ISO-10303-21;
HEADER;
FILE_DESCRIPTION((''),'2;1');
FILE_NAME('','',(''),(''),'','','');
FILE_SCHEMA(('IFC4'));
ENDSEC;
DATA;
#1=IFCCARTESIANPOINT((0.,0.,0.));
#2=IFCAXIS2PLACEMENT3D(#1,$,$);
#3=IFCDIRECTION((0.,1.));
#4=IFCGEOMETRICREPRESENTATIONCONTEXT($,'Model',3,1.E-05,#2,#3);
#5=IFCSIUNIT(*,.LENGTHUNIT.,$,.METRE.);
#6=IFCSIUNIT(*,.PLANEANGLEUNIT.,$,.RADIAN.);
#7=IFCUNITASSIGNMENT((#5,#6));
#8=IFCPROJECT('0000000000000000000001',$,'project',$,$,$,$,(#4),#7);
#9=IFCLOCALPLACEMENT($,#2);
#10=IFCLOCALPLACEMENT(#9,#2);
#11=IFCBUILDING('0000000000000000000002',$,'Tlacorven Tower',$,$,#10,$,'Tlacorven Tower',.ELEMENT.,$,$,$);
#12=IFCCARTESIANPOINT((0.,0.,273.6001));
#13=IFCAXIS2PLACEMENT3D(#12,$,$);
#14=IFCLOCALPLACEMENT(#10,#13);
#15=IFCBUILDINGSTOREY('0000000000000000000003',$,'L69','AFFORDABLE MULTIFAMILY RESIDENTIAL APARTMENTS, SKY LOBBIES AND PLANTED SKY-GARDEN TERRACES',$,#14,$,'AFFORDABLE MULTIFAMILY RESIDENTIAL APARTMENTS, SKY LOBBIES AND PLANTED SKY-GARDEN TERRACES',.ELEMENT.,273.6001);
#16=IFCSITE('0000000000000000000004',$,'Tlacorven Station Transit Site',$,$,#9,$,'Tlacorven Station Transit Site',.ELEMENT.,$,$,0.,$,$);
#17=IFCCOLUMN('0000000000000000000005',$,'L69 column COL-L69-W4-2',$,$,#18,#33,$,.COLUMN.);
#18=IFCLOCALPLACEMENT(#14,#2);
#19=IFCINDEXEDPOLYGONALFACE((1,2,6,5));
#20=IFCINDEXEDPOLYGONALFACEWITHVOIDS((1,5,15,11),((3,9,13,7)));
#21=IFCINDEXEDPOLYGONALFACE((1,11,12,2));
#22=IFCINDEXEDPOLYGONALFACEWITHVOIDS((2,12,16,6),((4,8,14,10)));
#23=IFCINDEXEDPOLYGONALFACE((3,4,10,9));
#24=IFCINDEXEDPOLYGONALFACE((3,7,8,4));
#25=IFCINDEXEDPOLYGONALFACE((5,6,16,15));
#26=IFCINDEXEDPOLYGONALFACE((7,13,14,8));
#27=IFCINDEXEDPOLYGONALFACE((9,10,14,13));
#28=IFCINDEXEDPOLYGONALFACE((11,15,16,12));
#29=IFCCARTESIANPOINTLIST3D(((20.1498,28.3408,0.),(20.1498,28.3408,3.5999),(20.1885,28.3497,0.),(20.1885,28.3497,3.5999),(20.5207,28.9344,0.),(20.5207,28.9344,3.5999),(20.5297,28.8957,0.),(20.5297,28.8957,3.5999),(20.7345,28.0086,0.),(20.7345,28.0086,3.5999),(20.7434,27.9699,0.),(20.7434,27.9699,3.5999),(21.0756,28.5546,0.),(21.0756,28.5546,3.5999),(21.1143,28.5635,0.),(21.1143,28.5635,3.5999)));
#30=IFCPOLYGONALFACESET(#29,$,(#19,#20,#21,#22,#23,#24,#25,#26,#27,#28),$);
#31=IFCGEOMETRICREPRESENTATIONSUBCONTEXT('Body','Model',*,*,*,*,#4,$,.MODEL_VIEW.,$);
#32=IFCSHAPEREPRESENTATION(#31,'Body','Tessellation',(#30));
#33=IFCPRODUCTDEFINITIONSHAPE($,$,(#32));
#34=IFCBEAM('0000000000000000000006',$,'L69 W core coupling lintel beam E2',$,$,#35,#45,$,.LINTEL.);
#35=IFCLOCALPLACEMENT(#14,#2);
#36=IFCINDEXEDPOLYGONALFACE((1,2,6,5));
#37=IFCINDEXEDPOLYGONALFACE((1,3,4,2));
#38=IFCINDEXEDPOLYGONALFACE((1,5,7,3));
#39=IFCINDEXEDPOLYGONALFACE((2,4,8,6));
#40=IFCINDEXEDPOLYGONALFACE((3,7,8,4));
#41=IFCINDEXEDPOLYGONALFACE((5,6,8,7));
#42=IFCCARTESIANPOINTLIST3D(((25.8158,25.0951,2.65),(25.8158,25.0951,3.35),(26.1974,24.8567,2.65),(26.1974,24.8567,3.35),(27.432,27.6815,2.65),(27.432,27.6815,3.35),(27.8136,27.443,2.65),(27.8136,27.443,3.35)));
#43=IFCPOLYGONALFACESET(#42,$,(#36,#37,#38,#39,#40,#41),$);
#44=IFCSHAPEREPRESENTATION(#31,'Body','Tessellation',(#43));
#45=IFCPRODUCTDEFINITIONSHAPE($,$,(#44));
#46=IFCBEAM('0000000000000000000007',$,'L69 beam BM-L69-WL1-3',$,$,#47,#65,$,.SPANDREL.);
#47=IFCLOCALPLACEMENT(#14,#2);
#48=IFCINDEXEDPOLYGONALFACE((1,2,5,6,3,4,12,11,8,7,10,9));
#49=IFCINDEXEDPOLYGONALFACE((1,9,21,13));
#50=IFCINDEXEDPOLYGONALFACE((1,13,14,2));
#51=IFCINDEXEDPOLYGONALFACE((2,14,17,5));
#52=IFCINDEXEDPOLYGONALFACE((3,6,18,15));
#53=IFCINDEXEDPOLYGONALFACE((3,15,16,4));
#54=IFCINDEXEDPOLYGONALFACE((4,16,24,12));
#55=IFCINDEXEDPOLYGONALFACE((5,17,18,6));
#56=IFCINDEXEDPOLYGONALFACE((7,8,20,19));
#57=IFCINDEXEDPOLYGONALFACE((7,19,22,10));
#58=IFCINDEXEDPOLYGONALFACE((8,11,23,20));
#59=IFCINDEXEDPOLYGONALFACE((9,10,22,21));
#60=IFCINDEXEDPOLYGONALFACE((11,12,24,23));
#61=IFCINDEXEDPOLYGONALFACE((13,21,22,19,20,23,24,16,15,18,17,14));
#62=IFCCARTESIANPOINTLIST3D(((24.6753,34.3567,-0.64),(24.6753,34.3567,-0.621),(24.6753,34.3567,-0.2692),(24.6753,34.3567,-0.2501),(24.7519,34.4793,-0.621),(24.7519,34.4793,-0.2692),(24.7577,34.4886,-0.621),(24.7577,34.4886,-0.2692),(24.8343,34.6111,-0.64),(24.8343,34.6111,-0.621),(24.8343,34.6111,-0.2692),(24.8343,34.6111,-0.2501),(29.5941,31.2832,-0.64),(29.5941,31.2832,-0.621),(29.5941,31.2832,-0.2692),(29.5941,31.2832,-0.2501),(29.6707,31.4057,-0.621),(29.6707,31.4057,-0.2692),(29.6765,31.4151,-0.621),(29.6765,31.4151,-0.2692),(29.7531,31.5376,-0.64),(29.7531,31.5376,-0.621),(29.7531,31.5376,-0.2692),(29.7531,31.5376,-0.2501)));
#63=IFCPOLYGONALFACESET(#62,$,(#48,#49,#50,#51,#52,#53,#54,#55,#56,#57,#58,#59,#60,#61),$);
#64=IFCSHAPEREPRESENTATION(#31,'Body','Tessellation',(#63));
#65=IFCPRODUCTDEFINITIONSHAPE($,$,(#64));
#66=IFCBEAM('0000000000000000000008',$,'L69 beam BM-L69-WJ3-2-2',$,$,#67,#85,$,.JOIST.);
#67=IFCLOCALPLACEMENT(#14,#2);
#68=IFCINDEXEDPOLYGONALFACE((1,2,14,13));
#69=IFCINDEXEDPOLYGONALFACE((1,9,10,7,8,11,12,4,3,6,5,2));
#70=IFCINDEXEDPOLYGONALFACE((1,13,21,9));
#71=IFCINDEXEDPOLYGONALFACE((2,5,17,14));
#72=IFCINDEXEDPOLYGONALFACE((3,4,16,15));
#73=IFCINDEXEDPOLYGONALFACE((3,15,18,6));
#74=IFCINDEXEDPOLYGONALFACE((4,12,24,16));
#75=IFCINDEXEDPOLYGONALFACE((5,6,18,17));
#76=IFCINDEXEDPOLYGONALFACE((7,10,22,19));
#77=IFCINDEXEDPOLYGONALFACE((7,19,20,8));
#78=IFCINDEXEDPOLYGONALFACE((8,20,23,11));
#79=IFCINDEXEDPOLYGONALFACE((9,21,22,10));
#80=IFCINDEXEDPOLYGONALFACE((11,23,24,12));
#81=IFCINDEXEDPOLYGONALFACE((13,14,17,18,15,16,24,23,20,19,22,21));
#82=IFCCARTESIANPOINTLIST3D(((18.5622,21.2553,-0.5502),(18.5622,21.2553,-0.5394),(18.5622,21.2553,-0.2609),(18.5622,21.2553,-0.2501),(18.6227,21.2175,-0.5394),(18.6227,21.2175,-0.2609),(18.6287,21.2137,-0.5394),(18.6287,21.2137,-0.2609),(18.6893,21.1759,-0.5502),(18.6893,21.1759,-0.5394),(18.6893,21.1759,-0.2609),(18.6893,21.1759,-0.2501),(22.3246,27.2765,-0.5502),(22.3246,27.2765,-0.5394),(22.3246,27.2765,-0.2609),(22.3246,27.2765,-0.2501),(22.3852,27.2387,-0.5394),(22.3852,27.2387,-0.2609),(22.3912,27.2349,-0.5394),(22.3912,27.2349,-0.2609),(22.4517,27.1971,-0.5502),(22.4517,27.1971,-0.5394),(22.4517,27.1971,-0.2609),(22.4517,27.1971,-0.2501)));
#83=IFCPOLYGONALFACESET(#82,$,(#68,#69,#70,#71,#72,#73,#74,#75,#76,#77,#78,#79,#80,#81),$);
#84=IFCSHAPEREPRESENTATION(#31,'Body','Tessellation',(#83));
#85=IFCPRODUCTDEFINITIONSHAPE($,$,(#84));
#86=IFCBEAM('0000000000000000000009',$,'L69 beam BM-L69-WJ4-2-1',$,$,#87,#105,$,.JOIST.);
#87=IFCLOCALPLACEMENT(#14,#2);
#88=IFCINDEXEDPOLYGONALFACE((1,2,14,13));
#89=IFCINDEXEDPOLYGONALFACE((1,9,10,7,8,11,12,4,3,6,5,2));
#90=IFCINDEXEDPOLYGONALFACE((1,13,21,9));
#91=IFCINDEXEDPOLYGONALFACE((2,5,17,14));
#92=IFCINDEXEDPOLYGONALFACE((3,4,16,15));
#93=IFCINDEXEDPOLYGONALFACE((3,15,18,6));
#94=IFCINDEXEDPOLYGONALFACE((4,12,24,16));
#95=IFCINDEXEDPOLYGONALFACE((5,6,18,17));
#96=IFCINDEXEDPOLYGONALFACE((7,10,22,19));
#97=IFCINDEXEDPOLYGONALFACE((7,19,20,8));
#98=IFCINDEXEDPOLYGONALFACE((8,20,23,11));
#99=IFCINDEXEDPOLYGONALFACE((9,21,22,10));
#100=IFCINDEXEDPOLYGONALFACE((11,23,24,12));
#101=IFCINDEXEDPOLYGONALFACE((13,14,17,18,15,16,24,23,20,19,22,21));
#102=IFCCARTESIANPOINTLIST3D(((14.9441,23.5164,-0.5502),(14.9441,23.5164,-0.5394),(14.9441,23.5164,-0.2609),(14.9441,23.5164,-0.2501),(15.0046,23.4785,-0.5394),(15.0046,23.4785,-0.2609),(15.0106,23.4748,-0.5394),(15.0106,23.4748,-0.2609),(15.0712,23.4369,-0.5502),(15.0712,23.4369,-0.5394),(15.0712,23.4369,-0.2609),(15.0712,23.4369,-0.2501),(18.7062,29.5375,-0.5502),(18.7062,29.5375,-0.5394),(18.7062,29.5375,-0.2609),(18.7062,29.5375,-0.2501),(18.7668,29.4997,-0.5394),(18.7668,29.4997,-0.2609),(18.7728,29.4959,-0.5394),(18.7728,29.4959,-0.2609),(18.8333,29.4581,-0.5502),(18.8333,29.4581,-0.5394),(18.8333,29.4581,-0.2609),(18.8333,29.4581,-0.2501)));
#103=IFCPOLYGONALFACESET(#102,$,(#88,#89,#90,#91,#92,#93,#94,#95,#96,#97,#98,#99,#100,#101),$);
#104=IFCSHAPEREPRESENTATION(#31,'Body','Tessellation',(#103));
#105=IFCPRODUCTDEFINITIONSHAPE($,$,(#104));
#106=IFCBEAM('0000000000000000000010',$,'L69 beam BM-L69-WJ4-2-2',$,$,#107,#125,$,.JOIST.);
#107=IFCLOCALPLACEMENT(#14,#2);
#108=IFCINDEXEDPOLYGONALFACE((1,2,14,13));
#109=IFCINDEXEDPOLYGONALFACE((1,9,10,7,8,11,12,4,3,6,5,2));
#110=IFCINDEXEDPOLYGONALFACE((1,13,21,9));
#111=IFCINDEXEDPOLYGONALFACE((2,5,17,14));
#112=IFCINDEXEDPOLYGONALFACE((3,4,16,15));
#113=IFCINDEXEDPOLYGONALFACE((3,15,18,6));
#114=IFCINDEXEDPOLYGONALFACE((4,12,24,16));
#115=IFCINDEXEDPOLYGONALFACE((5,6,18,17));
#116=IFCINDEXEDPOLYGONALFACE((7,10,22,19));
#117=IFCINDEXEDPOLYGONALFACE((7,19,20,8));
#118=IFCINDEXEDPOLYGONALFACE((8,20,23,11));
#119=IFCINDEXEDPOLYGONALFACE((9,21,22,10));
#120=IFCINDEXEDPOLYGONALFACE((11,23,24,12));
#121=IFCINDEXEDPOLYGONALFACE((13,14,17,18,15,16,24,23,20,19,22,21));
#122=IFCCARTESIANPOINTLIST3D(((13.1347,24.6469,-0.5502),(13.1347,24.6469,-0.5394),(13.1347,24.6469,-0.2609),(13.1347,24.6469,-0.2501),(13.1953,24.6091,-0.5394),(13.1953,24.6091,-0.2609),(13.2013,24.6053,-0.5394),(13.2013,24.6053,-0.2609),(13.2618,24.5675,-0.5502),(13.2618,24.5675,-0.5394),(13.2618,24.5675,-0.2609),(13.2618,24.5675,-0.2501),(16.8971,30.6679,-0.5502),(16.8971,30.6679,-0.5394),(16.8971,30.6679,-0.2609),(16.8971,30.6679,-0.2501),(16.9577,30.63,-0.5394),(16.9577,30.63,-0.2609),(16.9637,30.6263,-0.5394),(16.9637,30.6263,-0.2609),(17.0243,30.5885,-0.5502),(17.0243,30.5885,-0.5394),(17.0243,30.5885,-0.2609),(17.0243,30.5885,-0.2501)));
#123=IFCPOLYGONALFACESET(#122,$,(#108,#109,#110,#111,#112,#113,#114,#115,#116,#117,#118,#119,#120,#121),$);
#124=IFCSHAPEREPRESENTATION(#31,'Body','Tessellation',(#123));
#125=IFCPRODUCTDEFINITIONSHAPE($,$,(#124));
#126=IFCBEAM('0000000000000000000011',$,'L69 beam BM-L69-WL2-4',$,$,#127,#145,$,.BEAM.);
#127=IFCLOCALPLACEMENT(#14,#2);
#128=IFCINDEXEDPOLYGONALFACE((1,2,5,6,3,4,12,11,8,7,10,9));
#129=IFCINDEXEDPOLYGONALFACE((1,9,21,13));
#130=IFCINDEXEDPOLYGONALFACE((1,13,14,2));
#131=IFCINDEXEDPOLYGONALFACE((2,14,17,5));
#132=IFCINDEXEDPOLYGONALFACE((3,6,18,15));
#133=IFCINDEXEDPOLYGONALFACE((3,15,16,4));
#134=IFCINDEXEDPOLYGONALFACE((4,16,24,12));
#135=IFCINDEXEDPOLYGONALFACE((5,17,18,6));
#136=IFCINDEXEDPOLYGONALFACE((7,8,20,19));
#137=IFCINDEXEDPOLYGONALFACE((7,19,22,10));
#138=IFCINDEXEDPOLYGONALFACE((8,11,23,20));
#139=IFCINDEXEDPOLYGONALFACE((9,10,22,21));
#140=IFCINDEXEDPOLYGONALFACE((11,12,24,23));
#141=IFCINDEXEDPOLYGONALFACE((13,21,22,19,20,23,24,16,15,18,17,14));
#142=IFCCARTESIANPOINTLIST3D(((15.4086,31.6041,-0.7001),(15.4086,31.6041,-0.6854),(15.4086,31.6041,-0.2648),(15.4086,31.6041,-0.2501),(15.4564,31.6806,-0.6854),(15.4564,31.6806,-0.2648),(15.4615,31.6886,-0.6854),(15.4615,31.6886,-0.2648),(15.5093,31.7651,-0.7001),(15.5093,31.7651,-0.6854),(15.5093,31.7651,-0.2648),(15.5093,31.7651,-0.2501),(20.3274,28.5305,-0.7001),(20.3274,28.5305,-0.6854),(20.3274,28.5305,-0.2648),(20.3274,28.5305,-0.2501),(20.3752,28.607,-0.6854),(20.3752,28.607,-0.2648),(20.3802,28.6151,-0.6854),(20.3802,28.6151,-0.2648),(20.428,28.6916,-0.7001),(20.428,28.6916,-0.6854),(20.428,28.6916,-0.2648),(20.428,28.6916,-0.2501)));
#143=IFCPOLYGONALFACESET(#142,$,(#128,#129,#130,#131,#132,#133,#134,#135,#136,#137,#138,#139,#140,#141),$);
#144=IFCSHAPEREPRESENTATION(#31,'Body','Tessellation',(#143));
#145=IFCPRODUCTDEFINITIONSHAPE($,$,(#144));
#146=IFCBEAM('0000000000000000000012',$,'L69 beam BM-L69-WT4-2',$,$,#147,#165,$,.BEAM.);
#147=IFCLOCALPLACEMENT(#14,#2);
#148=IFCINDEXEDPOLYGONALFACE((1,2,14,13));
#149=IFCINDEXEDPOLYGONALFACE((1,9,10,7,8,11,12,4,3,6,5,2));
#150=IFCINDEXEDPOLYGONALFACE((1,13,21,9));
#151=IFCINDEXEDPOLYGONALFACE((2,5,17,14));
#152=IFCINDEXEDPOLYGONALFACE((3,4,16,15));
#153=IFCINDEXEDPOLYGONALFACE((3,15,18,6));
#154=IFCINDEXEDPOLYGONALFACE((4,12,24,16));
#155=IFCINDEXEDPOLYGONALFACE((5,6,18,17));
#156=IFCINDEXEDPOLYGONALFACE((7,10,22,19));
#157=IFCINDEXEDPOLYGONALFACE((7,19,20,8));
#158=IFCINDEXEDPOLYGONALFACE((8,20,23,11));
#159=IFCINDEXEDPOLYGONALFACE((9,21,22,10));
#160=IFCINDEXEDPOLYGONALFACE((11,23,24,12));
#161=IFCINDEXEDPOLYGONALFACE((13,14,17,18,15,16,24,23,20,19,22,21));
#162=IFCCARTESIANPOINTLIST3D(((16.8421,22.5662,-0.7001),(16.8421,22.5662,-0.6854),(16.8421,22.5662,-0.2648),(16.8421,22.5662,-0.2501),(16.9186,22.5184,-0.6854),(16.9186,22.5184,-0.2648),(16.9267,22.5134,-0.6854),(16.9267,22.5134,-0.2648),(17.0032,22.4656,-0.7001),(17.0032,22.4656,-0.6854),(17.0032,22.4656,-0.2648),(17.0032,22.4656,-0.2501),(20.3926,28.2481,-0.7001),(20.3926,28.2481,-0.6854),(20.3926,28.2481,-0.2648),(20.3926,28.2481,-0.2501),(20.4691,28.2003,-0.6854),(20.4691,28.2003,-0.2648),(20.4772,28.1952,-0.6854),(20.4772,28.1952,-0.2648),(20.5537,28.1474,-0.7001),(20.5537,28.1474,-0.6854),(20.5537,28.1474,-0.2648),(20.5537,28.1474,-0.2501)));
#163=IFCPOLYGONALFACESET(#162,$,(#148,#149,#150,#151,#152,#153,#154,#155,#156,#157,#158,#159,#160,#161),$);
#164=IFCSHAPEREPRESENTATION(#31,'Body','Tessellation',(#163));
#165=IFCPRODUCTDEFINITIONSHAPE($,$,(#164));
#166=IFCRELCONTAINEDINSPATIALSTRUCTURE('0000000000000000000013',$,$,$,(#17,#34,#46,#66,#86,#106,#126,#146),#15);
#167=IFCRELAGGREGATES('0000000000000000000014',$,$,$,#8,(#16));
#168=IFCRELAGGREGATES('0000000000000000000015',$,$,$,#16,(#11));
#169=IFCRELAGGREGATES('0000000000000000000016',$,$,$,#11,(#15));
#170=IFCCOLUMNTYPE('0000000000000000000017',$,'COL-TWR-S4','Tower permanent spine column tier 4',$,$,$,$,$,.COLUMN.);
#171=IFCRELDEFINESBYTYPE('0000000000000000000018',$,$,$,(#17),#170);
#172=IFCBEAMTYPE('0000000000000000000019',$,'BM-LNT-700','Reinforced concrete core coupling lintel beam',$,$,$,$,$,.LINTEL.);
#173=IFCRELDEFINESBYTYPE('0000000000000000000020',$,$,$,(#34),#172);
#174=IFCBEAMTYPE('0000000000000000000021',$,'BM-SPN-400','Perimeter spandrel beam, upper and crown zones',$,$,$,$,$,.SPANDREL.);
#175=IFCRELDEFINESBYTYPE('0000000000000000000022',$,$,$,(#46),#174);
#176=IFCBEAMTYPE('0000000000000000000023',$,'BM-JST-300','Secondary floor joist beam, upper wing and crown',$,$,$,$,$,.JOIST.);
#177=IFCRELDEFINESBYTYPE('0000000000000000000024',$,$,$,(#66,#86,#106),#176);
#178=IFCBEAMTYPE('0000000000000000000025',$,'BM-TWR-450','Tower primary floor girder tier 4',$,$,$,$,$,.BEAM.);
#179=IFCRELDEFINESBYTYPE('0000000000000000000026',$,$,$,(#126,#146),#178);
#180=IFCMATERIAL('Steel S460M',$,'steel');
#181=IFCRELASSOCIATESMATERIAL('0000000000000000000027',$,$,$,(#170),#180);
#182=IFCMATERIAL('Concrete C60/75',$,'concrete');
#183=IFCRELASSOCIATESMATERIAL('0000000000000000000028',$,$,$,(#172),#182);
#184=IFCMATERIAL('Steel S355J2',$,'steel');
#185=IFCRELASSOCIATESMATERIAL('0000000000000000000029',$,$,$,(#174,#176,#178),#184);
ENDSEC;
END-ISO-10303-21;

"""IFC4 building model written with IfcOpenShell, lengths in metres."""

from ifc_helpers import new_model, si_unit, direction, frame, origin, origin_2d, place, context, subcontext, project, spatial, rectangle, hollow_rectangle, i_section, extrude, source, transform, mapped, material, material_profile, profile_set, type_object, element, save


model = new_model("IFC4")

# Units and contexts
model_context = context("Model", 3, precision=1e-05, world=origin(), true_north=direction((0.0, 1.0)))
body_context = subcontext(model_context, "Body", "Model", "MODEL_VIEW")
ifc_project = project(units=[si_unit("LENGTHUNIT", "METRE"), si_unit("PLANEANGLEUNIT", "RADIAN")], contexts=[model_context])

# Site, building, storey
site_placement = place(None, origin())
site = spatial("IfcSite", under=ifc_project, at=site_placement, Name="Tlacorven Station Transit Site", LongName="Tlacorven Station Transit Site", CompositionType="ELEMENT", RefElevation=0.0)
building_placement = place(site_placement, origin())
building = spatial("IfcBuilding", under=site, at=building_placement, Name="Tlacorven Tower", LongName="Tlacorven Tower", CompositionType="ELEMENT")
storey_placement = place(building_placement, frame((0.0, 0.0, 273.6001)))
storey = spatial("IfcBuildingStorey", under=building, at=storey_placement, Name="L69", Description="AFFORDABLE MULTIFAMILY RESIDENTIAL APARTMENTS, SKY LOBBIES AND PLANTED SKY-GARDEN TERRACES", LongName="AFFORDABLE MULTIFAMILY RESIDENTIAL APARTMENTS, SKY LOBBIES AND PLANTED SKY-GARDEN TERRACES", CompositionType="ELEMENT", Elevation=273.6001)

# Column
ifc_material_1 = material(Name="Steel S460M", Category="steel")
ifc_material_profile_1 = material_profile(ifc_material_1, hollow_rectangle(XDim=0.7, YDim=0.7, WallThickness=0.0281, at=origin_2d()), Name="BOX 700X700X28")
ifc_profile_set_1 = profile_set([ifc_material_profile_1], Name="Steel S460M")
column_type = type_object("IfcColumnType", Name="COL-TWR-S4", Description="Tower permanent spine column tier 4", PredefinedType="COLUMN", material=ifc_profile_set_1)
shared_shape_1 = source(origin(), body_context, "Body", "SweptSolid", [
    extrude(hollow_rectangle(XDim=0.7, YDim=0.7, WallThickness=0.0281, at=origin_2d()), origin(), (0.0, 0.0, 1.0), 3.5999),
])
column_placement = place(storey_placement, frame((20.6321, 28.4521, 0.0), z_axis=(0.0, 0.0, 1.0), x_axis=(-0.848048, 0.529919, 0.0)))
element("IfcColumn", 1, at=column_placement, inside=storey, type_object=column_type, Name="L69 column COL-L69-W4-2", PredefinedType="COLUMN", context=body_context, shape_type="MappedRepresentation", body=[
    mapped(shared_shape_1, transform((0.0, 0.0, 0.0), scale=1.0)),
])

# Beams
ifc_material_2 = material(Name="Concrete C60/75", Category="concrete")
ifc_material_profile_2 = material_profile(ifc_material_2, rectangle(XDim=0.45, YDim=0.7, at=origin_2d()), Name="RC 450X700")
ifc_profile_set_2 = profile_set([ifc_material_profile_2], Name="Concrete C60/75")
beam_type_1 = type_object("IfcBeamType", Name="BM-LNT-700", Description="Reinforced concrete core coupling lintel beam", PredefinedType="LINTEL", material=ifc_profile_set_2)
shared_shape_2 = source(origin(), body_context, "Body", "SweptSolid", [
    extrude(rectangle(XDim=0.45, YDim=0.7, at=origin_2d()), origin(), (0.0, 0.0, 1.0), 3.0498),
])
beam_1_placement = place(storey_placement, frame((27.6228, 27.5623, 3.0), z_axis=(-0.529927, -0.848043, 0.0), x_axis=(0.848043, -0.529927, 0.0)))
element("IfcBeam", 2, at=beam_1_placement, inside=storey, type_object=beam_type_1, Name="L69 W core coupling lintel beam E2", PredefinedType="LINTEL", context=body_context, shape_type="MappedRepresentation", body=[
    mapped(shared_shape_2, transform((0.0, 0.0, 0.0), scale=1.0)),
])
ifc_material_3 = material(Name="Steel S355J2", Category="steel")
ifc_material_profile_3 = material_profile(ifc_material_3, i_section(OverallWidth=0.3, OverallDepth=0.3899, WebThickness=0.011, FlangeThickness=0.019, at=origin_2d()), Name="HEA 400")
ifc_profile_set_3 = profile_set([ifc_material_profile_3], Name="Steel S355J2")
beam_type_2 = type_object("IfcBeamType", Name="BM-SPN-400", Description="Perimeter spandrel beam, upper and crown zones", PredefinedType="SPANDREL", material=ifc_profile_set_3)
shared_shape_3 = source(origin(), body_context, "Body", "SweptSolid", [
    extrude(i_section(OverallWidth=0.3, OverallDepth=0.3899, WebThickness=0.011, FlangeThickness=0.019, at=origin_2d()), origin(), (0.0, 0.0, 1.0), 5.8),
])
beam_2_placement = place(storey_placement, frame((29.6736, 31.4104, -0.4451), z_axis=(-0.848053, 0.529912, 0.0), x_axis=(-0.529912, -0.848053, 0.0)))
element("IfcBeam", 3, at=beam_2_placement, inside=storey, type_object=beam_type_2, Name="L69 beam BM-L69-WL1-3", PredefinedType="SPANDREL", context=body_context, shape_type="MappedRepresentation", body=[
    mapped(shared_shape_3, transform((0.0, 0.0, 0.0), scale=1.0)),
])
ifc_material_profile_4 = material_profile(ifc_material_3, i_section(OverallWidth=0.1499, OverallDepth=0.3, WebThickness=0.0071, FlangeThickness=0.0107, at=origin_2d()), Name="IPE 300")
ifc_profile_set_4 = profile_set([ifc_material_profile_4], Name="Steel S355J2")
beam_type_3 = type_object("IfcBeamType", Name="BM-JST-300", Description="Secondary floor joist beam, upper wing and crown", PredefinedType="JOIST", material=ifc_profile_set_4)
shared_shape_4 = source(origin(), body_context, "Body", "SweptSolid", [
    extrude(i_section(OverallWidth=0.1499, OverallDepth=0.3, WebThickness=0.0071, FlangeThickness=0.0107, at=origin_2d()), origin(), (0.0, 0.0, 1.0), 7.1001),
])
beam_3_placement = place(storey_placement, frame((22.3882, 27.2368, -0.4001), z_axis=(-0.529915, -0.84805, 0.0), x_axis=(0.84805, -0.529915, 0.0)))
element("IfcBeam", 4, at=beam_3_placement, inside=storey, type_object=beam_type_3, Name="L69 beam BM-L69-WJ3-2-2", PredefinedType="JOIST", context=body_context, shape_type="MappedRepresentation", body=[
    mapped(shared_shape_4, transform((0.0, 0.0, 0.0), scale=1.0)),
])
shared_shape_5 = source(origin(), body_context, "Body", "SweptSolid", [
    extrude(i_section(OverallWidth=0.1499, OverallDepth=0.3, WebThickness=0.0071, FlangeThickness=0.0107, at=origin_2d()), origin(), (0.0, 0.0, 1.0), 7.0999),
])
for number, where, z_axis, x_axis, name in (
    (5, (18.7698, 29.4978, -0.4001), (-0.529891, -0.848066, 0.0), (0.848066, -0.529891, 0.0), "L69 beam BM-L69-WJ4-2-1"),
    (6, (16.9607, 30.6282, -0.4001), (-0.529931, -0.848041, 0.0), (0.848041, -0.529931, 0.0), "L69 beam BM-L69-WJ4-2-2"),
):
    element("IfcBeam", number, at=place(storey_placement, frame(where, z_axis=z_axis, x_axis=x_axis)), inside=storey, type_object=beam_type_3, Name=name, PredefinedType="JOIST", context=body_context, shape_type="MappedRepresentation", body=[
        mapped(shared_shape_5, transform((0.0, 0.0, 0.0), scale=1.0)),
    ])
ifc_material_profile_5 = material_profile(ifc_material_3, i_section(OverallWidth=0.1899, OverallDepth=0.45, WebThickness=0.0095, FlangeThickness=0.0146, at=origin_2d()), Name="IPE 450")
ifc_profile_set_5 = profile_set([ifc_material_profile_5], Name="Steel S355J2")
beam_type_4 = type_object("IfcBeamType", Name="BM-TWR-450", Description="Tower primary floor girder tier 4", PredefinedType="BEAM", material=ifc_profile_set_5)
shared_shape_6 = source(origin(), body_context, "Body", "SweptSolid", [
    extrude(i_section(OverallWidth=0.1899, OverallDepth=0.45, WebThickness=0.0095, FlangeThickness=0.0146, at=origin_2d()), origin(), (0.0, 0.0, 1.0), 5.8),
])
beam_4_placement = place(storey_placement, frame((20.3777, 28.6111, -0.4751), z_axis=(-0.848053, 0.529912, 0.0), x_axis=(-0.529912, -0.848053, 0.0)))
element("IfcBeam", 7, at=beam_4_placement, inside=storey, type_object=beam_type_4, Name="L69 beam BM-L69-WL2-4", PredefinedType="BEAM", context=body_context, shape_type="MappedRepresentation", body=[
    mapped(shared_shape_6, transform((0.0, 0.0, 0.0), scale=1.0)),
])
shared_shape_7 = source(origin(), body_context, "Body", "SweptSolid", [
    extrude(i_section(OverallWidth=0.1899, OverallDepth=0.45, WebThickness=0.0095, FlangeThickness=0.0146, at=origin_2d()), origin(), (0.0, 0.0, 1.0), 6.7),
])
beam_5_placement = place(storey_placement, frame((20.4731, 28.1978, -0.4751), z_axis=(-0.52993, -0.848041, 0.0), x_axis=(0.848041, -0.52993, 0.0)))
element("IfcBeam", 8, at=beam_5_placement, inside=storey, type_object=beam_type_4, Name="L69 beam BM-L69-WT4-2", PredefinedType="BEAM", context=body_context, shape_type="MappedRepresentation", body=[
    mapped(shared_shape_7, transform((0.0, 0.0, 0.0), scale=1.0)),
])

save(model, "model.ifc")
